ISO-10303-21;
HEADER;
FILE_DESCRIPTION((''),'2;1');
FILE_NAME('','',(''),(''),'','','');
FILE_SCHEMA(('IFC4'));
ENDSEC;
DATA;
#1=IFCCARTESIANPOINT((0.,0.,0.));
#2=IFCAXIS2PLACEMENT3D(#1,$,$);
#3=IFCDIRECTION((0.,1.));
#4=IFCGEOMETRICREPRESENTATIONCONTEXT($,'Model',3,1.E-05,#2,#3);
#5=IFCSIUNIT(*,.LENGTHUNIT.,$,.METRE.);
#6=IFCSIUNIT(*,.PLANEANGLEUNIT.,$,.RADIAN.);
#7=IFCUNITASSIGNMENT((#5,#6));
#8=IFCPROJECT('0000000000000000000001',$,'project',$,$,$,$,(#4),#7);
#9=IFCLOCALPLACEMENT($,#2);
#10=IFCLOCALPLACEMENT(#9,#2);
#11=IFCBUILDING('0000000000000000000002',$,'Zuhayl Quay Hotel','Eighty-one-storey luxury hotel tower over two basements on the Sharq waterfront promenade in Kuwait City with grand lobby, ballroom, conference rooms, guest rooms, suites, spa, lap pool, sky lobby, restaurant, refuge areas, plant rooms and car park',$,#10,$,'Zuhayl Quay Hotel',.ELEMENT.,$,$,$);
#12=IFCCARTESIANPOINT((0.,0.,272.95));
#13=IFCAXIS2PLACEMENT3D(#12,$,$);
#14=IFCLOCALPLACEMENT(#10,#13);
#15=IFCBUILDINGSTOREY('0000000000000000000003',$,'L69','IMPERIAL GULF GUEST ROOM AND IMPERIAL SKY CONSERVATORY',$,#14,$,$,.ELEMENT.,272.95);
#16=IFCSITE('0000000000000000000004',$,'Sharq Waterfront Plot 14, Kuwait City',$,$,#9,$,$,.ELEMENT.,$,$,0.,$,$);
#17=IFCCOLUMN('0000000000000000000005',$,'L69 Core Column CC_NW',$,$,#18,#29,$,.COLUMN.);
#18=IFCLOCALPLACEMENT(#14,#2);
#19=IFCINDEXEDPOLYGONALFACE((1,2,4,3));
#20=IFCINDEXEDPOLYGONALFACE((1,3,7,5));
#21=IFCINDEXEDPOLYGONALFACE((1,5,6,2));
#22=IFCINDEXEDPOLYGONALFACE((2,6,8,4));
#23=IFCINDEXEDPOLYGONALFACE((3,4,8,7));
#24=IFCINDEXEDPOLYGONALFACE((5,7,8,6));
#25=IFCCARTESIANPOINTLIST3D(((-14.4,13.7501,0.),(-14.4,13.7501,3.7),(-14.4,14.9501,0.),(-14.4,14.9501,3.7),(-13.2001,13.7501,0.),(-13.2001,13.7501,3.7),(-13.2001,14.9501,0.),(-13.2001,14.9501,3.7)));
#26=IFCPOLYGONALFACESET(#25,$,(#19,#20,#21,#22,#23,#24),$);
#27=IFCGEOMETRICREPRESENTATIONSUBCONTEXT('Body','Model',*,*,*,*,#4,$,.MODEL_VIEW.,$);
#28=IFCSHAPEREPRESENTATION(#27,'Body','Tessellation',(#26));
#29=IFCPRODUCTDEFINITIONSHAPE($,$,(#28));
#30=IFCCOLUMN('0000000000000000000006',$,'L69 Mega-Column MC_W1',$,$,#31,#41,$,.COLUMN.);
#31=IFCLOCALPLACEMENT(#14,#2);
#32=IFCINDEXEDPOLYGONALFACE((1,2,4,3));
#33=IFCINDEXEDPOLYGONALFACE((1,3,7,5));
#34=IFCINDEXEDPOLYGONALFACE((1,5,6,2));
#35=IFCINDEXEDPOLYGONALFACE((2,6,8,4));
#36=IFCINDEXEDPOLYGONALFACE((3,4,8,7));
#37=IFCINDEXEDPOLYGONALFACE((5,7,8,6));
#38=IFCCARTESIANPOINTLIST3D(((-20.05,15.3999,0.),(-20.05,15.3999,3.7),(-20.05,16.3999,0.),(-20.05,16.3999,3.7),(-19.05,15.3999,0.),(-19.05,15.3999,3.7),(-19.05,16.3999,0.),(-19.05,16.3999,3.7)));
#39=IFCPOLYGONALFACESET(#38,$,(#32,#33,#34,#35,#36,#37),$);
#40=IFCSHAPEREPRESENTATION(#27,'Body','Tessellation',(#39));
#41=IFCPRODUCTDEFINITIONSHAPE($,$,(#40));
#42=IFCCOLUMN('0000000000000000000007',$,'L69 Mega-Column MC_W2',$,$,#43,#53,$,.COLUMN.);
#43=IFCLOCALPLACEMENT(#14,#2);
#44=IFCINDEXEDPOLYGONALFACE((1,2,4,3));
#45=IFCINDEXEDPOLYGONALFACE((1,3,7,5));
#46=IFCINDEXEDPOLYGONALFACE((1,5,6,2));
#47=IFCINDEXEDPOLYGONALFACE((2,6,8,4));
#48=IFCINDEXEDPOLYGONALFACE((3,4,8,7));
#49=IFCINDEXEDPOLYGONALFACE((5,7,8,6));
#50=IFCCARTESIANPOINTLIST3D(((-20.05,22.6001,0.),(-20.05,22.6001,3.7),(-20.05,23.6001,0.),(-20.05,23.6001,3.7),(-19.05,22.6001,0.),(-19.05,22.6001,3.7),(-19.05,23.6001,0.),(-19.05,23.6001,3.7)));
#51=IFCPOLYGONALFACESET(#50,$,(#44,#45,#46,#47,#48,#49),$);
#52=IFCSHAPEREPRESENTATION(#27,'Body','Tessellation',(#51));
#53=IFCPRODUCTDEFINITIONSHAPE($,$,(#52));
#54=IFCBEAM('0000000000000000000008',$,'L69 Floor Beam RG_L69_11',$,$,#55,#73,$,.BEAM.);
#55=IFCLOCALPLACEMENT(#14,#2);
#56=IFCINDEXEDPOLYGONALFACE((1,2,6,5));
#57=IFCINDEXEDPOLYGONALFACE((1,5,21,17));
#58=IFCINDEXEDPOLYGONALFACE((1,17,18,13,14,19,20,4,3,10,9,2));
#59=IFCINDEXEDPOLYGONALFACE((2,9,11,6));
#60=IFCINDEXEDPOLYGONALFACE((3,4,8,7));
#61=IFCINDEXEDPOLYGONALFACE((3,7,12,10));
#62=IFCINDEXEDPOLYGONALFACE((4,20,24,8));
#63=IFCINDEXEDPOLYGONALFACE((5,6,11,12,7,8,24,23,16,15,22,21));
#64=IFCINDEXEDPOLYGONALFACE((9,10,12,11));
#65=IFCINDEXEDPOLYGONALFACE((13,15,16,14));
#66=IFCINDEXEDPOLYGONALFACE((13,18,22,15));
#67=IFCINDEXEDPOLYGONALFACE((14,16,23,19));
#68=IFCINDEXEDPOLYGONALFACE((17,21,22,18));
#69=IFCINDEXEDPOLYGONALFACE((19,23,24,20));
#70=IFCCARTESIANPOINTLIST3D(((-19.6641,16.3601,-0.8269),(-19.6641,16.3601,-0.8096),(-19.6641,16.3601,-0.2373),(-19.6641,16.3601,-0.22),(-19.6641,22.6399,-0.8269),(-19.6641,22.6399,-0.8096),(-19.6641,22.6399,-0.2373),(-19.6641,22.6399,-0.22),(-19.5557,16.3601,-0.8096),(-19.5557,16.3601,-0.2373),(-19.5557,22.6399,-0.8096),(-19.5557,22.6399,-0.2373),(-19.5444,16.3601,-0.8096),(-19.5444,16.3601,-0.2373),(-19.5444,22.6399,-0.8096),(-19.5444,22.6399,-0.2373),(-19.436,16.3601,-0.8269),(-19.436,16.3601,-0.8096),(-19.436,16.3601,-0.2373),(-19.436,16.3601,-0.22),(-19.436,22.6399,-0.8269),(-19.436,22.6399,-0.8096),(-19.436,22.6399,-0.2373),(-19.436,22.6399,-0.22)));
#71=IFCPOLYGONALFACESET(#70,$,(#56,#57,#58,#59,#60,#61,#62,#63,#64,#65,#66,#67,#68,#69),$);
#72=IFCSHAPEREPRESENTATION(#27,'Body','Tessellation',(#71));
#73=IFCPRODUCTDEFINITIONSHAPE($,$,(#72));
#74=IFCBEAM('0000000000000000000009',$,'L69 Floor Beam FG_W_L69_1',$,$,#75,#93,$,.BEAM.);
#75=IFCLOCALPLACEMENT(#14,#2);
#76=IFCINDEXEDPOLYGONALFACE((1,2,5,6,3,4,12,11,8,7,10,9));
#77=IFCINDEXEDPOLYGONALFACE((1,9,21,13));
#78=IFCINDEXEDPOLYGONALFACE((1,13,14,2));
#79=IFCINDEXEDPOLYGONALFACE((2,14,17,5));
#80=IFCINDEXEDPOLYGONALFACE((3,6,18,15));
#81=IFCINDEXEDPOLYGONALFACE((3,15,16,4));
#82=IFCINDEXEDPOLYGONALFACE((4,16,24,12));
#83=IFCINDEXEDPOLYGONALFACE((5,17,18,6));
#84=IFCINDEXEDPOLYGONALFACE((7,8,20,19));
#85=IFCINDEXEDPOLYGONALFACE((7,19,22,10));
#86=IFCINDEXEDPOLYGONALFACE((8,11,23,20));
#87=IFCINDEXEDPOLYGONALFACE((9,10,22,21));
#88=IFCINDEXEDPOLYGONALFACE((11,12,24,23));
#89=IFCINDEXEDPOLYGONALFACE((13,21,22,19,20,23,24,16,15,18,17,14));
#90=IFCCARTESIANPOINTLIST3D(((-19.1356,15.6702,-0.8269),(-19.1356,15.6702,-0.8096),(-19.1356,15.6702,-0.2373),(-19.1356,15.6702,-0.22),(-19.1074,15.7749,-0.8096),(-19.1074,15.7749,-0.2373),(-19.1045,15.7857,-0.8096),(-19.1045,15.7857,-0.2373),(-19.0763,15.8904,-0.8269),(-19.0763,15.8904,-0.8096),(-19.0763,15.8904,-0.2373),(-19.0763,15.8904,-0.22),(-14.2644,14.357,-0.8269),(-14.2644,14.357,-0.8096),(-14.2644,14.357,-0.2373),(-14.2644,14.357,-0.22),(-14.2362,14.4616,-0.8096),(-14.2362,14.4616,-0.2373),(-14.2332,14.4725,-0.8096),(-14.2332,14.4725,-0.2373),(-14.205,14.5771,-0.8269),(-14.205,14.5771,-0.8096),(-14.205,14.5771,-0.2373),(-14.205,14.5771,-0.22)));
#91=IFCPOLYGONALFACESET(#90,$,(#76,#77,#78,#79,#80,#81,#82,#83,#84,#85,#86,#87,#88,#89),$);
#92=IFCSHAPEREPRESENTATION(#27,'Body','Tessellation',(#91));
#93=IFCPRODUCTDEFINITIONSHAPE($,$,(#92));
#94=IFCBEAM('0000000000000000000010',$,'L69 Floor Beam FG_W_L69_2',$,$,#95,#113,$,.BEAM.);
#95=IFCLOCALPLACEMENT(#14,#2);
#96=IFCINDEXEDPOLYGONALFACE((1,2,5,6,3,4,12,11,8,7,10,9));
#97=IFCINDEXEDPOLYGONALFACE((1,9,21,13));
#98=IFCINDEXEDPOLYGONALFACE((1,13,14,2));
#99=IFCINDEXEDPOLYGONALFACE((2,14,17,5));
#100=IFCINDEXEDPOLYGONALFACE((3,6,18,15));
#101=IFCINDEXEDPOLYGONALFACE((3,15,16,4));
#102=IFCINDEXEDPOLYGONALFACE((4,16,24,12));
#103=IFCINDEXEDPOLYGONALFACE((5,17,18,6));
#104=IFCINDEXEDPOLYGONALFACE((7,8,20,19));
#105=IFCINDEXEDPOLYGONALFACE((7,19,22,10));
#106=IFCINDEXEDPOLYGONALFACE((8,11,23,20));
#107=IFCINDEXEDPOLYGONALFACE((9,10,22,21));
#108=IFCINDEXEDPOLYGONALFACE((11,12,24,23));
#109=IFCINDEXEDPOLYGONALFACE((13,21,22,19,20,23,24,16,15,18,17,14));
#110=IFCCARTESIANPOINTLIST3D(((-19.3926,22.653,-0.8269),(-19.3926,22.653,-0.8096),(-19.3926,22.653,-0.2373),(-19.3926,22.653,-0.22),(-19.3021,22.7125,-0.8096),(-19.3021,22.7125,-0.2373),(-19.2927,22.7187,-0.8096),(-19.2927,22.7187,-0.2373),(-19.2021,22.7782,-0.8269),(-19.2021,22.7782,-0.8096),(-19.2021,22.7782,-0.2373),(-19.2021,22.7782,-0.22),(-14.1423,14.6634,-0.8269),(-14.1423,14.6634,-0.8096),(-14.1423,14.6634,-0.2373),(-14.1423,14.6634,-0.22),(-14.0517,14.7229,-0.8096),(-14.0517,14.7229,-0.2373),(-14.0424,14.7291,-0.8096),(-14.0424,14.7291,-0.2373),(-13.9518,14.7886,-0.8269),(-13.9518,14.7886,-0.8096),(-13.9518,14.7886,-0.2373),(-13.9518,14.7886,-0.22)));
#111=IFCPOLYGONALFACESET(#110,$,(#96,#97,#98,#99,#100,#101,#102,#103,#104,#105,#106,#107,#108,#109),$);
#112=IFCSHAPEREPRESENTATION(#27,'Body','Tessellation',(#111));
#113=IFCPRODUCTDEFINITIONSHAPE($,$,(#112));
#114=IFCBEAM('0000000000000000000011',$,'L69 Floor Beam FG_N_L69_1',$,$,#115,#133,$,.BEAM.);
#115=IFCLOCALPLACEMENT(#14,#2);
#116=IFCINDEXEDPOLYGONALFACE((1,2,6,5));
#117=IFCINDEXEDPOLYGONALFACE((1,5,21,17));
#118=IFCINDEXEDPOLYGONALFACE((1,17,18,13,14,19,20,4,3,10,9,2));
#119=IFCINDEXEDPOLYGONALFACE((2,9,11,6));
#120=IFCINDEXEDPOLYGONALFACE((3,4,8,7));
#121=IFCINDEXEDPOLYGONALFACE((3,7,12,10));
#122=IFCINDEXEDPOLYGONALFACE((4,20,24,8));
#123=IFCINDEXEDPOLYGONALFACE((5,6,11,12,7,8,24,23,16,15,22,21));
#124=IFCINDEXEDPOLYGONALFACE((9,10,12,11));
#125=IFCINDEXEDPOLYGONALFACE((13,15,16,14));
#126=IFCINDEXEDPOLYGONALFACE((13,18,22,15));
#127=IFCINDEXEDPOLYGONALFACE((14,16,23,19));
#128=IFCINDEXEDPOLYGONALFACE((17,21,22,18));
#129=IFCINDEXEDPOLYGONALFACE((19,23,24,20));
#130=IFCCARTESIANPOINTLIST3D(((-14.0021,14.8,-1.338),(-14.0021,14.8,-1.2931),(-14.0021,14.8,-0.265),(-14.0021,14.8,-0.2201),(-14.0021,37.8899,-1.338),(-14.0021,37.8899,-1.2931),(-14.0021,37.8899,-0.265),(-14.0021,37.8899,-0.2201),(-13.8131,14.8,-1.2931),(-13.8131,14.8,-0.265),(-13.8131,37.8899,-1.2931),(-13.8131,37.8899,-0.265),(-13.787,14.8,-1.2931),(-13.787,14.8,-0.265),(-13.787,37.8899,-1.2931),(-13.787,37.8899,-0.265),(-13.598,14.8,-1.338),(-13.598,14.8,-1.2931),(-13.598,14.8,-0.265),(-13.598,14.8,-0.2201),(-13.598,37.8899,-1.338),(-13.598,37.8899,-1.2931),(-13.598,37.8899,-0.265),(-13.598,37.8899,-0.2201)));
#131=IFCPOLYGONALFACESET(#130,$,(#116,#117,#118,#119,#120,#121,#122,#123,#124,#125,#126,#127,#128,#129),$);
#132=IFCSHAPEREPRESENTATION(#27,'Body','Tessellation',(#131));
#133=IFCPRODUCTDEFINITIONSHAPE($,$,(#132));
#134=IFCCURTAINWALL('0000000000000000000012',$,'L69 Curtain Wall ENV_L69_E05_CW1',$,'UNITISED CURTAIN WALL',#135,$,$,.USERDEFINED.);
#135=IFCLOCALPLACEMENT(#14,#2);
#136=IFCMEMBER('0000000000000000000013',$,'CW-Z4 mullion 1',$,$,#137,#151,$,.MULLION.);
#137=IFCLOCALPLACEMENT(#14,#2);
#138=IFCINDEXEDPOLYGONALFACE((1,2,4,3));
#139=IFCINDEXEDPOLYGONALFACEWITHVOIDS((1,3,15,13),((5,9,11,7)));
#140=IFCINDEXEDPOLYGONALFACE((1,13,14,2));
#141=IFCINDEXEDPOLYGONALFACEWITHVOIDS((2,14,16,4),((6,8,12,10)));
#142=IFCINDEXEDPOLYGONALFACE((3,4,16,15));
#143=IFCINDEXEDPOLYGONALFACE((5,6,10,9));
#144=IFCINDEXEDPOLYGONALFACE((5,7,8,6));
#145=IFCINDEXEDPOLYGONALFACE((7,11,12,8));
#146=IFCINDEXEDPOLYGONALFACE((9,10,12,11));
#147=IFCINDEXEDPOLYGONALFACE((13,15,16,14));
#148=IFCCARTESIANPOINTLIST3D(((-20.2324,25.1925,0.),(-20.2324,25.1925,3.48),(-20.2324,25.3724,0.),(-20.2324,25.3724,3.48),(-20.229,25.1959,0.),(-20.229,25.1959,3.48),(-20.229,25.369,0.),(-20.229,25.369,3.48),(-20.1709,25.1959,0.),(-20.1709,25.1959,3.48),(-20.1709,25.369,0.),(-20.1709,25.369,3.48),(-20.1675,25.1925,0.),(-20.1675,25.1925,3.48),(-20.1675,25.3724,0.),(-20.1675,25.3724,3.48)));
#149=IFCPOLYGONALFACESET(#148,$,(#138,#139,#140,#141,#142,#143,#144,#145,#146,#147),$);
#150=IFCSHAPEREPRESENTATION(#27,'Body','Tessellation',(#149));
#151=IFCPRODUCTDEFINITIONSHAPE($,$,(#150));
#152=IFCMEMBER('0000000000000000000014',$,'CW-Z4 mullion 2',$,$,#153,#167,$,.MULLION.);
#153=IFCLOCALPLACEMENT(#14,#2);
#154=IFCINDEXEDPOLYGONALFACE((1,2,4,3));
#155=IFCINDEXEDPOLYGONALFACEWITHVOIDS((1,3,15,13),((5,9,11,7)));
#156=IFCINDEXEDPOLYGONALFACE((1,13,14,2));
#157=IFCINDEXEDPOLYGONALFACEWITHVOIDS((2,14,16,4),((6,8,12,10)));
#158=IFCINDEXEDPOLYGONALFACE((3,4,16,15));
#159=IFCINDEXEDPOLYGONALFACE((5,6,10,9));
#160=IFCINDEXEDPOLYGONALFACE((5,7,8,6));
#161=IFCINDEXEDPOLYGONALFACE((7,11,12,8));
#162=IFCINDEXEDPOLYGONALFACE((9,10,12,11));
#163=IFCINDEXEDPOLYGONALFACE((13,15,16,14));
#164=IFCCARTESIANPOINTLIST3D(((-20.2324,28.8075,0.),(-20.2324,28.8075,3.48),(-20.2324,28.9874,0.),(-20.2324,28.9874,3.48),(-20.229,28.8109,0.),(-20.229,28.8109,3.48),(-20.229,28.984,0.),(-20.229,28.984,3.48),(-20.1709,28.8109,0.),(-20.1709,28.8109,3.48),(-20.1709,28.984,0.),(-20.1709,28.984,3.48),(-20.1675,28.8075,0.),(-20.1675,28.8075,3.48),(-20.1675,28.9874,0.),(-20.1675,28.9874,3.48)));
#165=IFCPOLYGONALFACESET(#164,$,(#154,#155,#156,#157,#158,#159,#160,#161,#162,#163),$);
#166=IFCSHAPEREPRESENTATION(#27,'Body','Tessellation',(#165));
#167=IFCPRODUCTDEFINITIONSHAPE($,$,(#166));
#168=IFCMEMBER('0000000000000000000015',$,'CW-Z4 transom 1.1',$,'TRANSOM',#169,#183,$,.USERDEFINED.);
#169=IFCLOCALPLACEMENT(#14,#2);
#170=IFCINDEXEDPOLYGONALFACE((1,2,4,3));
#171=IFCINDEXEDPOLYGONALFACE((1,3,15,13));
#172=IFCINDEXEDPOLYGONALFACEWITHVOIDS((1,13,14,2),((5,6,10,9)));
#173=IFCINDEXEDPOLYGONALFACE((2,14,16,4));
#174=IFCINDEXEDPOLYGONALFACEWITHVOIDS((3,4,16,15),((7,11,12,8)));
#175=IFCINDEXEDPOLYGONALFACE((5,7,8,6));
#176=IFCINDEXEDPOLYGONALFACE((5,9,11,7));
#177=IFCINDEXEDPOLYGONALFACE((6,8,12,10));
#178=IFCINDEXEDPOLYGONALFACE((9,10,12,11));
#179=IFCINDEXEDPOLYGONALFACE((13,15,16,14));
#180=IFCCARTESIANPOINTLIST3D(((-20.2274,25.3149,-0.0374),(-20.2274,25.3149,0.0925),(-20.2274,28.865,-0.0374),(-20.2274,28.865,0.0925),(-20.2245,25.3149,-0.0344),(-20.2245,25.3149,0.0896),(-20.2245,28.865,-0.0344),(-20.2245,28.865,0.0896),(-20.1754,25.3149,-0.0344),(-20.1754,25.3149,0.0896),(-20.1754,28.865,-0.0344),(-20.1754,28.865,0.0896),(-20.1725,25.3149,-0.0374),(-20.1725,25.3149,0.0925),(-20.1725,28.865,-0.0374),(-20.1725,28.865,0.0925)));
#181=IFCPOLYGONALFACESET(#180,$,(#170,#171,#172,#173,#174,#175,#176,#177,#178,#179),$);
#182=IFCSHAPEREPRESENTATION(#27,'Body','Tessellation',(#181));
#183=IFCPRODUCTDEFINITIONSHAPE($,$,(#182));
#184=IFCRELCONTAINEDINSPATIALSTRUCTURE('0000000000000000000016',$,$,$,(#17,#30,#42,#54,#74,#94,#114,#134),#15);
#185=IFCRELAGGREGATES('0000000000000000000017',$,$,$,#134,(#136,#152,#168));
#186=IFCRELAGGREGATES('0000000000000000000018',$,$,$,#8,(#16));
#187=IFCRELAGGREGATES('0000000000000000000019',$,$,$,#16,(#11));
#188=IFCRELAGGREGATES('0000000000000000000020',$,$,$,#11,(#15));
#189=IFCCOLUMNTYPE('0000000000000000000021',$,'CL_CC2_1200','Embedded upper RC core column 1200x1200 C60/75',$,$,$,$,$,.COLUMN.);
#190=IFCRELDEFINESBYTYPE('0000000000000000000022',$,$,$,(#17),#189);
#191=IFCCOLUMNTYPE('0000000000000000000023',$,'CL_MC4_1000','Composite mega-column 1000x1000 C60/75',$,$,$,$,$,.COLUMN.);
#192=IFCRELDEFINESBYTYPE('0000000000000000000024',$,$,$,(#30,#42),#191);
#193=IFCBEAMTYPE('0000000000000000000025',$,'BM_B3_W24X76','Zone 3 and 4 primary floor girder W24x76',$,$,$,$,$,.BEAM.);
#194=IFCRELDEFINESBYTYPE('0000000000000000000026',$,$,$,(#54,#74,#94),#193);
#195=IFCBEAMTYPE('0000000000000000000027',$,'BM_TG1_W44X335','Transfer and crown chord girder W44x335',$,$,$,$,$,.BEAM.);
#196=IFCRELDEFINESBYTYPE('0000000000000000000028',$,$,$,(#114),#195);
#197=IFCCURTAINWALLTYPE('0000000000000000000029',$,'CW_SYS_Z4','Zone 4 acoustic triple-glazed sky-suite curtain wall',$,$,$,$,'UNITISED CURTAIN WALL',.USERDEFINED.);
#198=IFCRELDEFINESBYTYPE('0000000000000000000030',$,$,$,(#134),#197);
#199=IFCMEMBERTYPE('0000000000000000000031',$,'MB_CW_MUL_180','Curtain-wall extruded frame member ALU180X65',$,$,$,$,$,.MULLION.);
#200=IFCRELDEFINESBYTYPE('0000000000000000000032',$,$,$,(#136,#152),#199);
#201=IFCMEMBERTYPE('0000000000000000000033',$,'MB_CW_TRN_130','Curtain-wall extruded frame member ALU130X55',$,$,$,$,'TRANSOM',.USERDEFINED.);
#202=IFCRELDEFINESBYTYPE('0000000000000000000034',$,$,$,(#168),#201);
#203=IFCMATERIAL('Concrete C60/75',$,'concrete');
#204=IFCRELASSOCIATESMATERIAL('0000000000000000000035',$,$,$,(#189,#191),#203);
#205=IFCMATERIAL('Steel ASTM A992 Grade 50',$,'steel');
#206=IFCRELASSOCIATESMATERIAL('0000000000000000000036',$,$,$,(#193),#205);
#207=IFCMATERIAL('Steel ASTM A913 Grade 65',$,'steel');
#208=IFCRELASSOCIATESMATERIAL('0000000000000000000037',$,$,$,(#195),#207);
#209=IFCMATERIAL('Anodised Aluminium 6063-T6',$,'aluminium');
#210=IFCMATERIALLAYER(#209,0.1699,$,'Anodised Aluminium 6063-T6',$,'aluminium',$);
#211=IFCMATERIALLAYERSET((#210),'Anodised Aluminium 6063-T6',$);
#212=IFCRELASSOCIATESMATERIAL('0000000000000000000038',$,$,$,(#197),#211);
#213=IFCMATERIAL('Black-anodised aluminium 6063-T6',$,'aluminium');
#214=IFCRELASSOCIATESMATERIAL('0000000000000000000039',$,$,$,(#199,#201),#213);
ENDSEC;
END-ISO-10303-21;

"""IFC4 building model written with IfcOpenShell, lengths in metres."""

from ifc_helpers import new_model, si_unit, direction, frame, origin, origin_2d, place, context, subcontext, project, spatial, rectangle, hollow_rectangle, i_section, extrude, material, layer, layer_set, material_profile, profile_set, type_object, element, aggregate, save


model = new_model("IFC4")

# Units and contexts
model_context = context("Model", 3, precision=1e-05, world=origin(), true_north=direction((0.0, 1.0)))
body_context = subcontext(model_context, "Body", "Model", "MODEL_VIEW")
ifc_project = project(units=[si_unit("LENGTHUNIT", "METRE"), si_unit("PLANEANGLEUNIT", "RADIAN")], contexts=[model_context])

# Site, building, storey
site_placement = place(None, origin())
site = spatial("IfcSite", under=ifc_project, at=site_placement, Name="Sharq Waterfront Plot 14, Kuwait City", CompositionType="ELEMENT", RefElevation=0.0)
building_placement = place(site_placement, origin())
building = spatial("IfcBuilding", under=site, at=building_placement, Name="Zuhayl Quay Hotel", Description="Eighty-one-storey luxury hotel tower over two basements on the Sharq waterfront promenade in Kuwait City with grand lobby, ballroom, conference rooms, guest rooms, suites, spa, lap pool, sky lobby, restaurant, refuge areas, plant rooms and car park", LongName="Zuhayl Quay Hotel", CompositionType="ELEMENT")
storey_placement = place(building_placement, frame((0.0, 0.0, 272.95)))
storey = spatial("IfcBuildingStorey", under=building, at=storey_placement, Name="L69", Description="IMPERIAL GULF GUEST ROOM AND IMPERIAL SKY CONSERVATORY", CompositionType="ELEMENT", Elevation=272.95)

# Columns
ifc_material_1 = material(Name="Concrete C60/75", Category="concrete")
ifc_material_profile_1 = material_profile(ifc_material_1, rectangle(XDim=1.2, YDim=1.2, at=origin_2d()), Name="RC1200X1200")
ifc_profile_set_1 = profile_set([ifc_material_profile_1], Name="Concrete C60/75")
column_type_1 = type_object("IfcColumnType", Name="CL_CC2_1200", Description="Embedded upper RC core column 1200x1200 C60/75", PredefinedType="COLUMN", material=ifc_profile_set_1)
column_placement = place(storey_placement, frame((-13.8, 14.3501, 0.0), z_axis=(0.0, 0.0, 1.0), x_axis=(1.0, 0.0, 0.0)))
element("IfcColumn", 1, at=column_placement, inside=storey, type_object=column_type_1, Name="L69 Core Column CC_NW", PredefinedType="COLUMN", context=body_context, shape_type="SweptSolid", body=[
    extrude(rectangle(XDim=1.2, YDim=1.2, at=origin_2d()), origin(), (0.0, 0.0, 1.0), 3.7),
])
ifc_material_profile_2 = material_profile(ifc_material_1, rectangle(XDim=1.0, YDim=1.0, at=origin_2d()), Name="RC1000X1000")
ifc_profile_set_2 = profile_set([ifc_material_profile_2], Name="Concrete C60/75")
column_type_2 = type_object("IfcColumnType", Name="CL_MC4_1000", Description="Composite mega-column 1000x1000 C60/75", PredefinedType="COLUMN", material=ifc_profile_set_2)
for number, where, z_axis, x_axis, name in (
    (2, (-19.55, 15.8999, 0.0), (0.0, 0.0, 1.0), (1.0, 0.0, 0.0), "L69 Mega-Column MC_W1"),
    (3, (-19.55, 23.1001, 0.0), (0.0, 0.0, 1.0), (1.0, 0.0, 0.0), "L69 Mega-Column MC_W2"),
):
    element("IfcColumn", number, at=place(storey_placement, frame(where, z_axis=z_axis, x_axis=x_axis)), inside=storey, type_object=column_type_2, Name=name, PredefinedType="COLUMN", context=body_context, shape_type="SweptSolid", body=[
        extrude(rectangle(XDim=1.0, YDim=1.0, at=origin_2d()), origin(), (0.0, 0.0, 1.0), 3.7),
    ])

# Beams
ifc_material_2 = material(Name="Steel ASTM A992 Grade 50", Category="steel")
ifc_material_profile_3 = material_profile(ifc_material_2, i_section(OverallWidth=0.228, OverallDepth=0.6069, WebThickness=0.0112, FlangeThickness=0.0173, at=origin_2d()), Name="W24X76")
ifc_profile_set_3 = profile_set([ifc_material_profile_3], Name="Steel ASTM A992 Grade 50")
beam_type_1 = type_object("IfcBeamType", Name="BM_B3_W24X76", Description="Zone 3 and 4 primary floor girder W24x76", PredefinedType="BEAM", material=ifc_profile_set_3)
beam_1_placement = place(storey_placement, frame((-19.55, 22.6399, -0.5234), z_axis=(0.0, -1.0, 0.0), x_axis=(1.0, 0.0, 0.0)))
element("IfcBeam", 4, at=beam_1_placement, inside=storey, type_object=beam_type_1, Name="L69 Floor Beam RG_L69_11", PredefinedType="BEAM", context=body_context, shape_type="SweptSolid", body=[
    extrude(i_section(OverallWidth=0.228, OverallDepth=0.6069, WebThickness=0.0112, FlangeThickness=0.0173, at=origin_2d()), origin(), (0.0, 0.0, 1.0), 6.2798),
])
beam_2_placement = place(storey_placement, frame((-19.106, 15.7803, -0.5234), z_axis=(0.96553, -0.260291, 0.0), x_axis=(0.260291, 0.96553, 0.0)))
element("IfcBeam", 5, at=beam_2_placement, inside=storey, type_object=beam_type_1, Name="L69 Floor Beam FG_W_L69_1", PredefinedType="BEAM", context=body_context, shape_type="SweptSolid", body=[
    extrude(i_section(OverallWidth=0.228, OverallDepth=0.6069, WebThickness=0.0112, FlangeThickness=0.0173, at=origin_2d()), origin(), (0.0, 0.0, 1.0), 5.0452),
])
beam_3_placement = place(storey_placement, frame((-19.2974, 22.7156, -0.5234), z_axis=(0.549178, -0.835705, 0.0), x_axis=(0.835705, 0.549178, 0.0)))
element("IfcBeam", 6, at=beam_3_placement, inside=storey, type_object=beam_type_1, Name="L69 Floor Beam FG_W_L69_2", PredefinedType="BEAM", context=body_context, shape_type="SweptSolid", body=[
    extrude(i_section(OverallWidth=0.228, OverallDepth=0.6069, WebThickness=0.0112, FlangeThickness=0.0173, at=origin_2d()), origin(), (0.0, 0.0, 1.0), 9.5603),
])
ifc_material_3 = material(Name="Steel ASTM A913 Grade 65", Category="steel")
ifc_material_profile_4 = material_profile(ifc_material_3, i_section(OverallWidth=0.4041, OverallDepth=1.1179, WebThickness=0.0261, FlangeThickness=0.0449, at=origin_2d()), Name="W44X335")
ifc_profile_set_4 = profile_set([ifc_material_profile_4], Name="Steel ASTM A913 Grade 65")
beam_type_2 = type_object("IfcBeamType", Name="BM_TG1_W44X335", Description="Transfer and crown chord girder W44x335", PredefinedType="BEAM", material=ifc_profile_set_4)
beam_4_placement = place(storey_placement, frame((-13.8, 14.8, -0.7791), z_axis=(0.0, 1.0, 0.0), x_axis=(-1.0, 0.0, 0.0)))
element("IfcBeam", 7, at=beam_4_placement, inside=storey, type_object=beam_type_2, Name="L69 Floor Beam FG_N_L69_1", PredefinedType="BEAM", context=body_context, shape_type="SweptSolid", body=[
    extrude(i_section(OverallWidth=0.4041, OverallDepth=1.1179, WebThickness=0.0261, FlangeThickness=0.0449, at=origin_2d()), origin(), (0.0, 0.0, 1.0), 23.0898),
])

# Curtain wall, members
ifc_material_4 = material(Name="Anodised Aluminium 6063-T6", Category="aluminium")
ifc_layer_1 = layer(ifc_material_4, 0.1699, Name="Anodised Aluminium 6063-T6", Category="aluminium")
ifc_layer_set_1 = layer_set([ifc_layer_1], Name="Anodised Aluminium 6063-T6")
curtain_wall_type = type_object("IfcCurtainWallType", Name="CW_SYS_Z4", Description="Zone 4 acoustic triple-glazed sky-suite curtain wall", ElementType="UNITISED CURTAIN WALL", PredefinedType="USERDEFINED", material=ifc_layer_set_1)
curtain_wall_placement = place(storey_placement, origin())
curtain_wall = element("IfcCurtainWall", 8, at=curtain_wall_placement, inside=storey, type_object=curtain_wall_type, Name="L69 Curtain Wall ENV_L69_E05_CW1", ObjectType="UNITISED CURTAIN WALL", PredefinedType="USERDEFINED")
ifc_material_5 = material(Name="Black-anodised aluminium 6063-T6", Category="aluminium")
ifc_material_profile_5 = material_profile(ifc_material_5, hollow_rectangle(XDim=0.0649, YDim=0.1799, WallThickness=0.0034, at=origin_2d()), Name="ALU180X65")
ifc_profile_set_5 = profile_set([ifc_material_profile_5], Name="Black-anodised aluminium 6063-T6")
member_type_1 = type_object("IfcMemberType", Name="MB_CW_MUL_180", Description="Curtain-wall extruded frame member ALU180X65", PredefinedType="MULLION", material=ifc_profile_set_5)
member_1_placement = place(storey_placement, frame((-20.2, 25.2825, 0.0), z_axis=(0.0, 0.0, 1.0), x_axis=(-1.0, 0.0, 0.0)))
member_1 = element("IfcMember", 9, at=member_1_placement, type_object=member_type_1, Name="CW-Z4 mullion 1", PredefinedType="MULLION", context=body_context, shape_type="SweptSolid", body=[
    extrude(hollow_rectangle(XDim=0.0649, YDim=0.1799, WallThickness=0.0034, at=origin_2d()), origin(), (0.0, 0.0, 1.0), 3.48),
])
member_2_placement = place(storey_placement, frame((-20.2, 28.8975, 0.0), z_axis=(0.0, 0.0, 1.0), x_axis=(-1.0, 0.0, 0.0)))
member_2 = element("IfcMember", 10, at=member_2_placement, type_object=member_type_1, Name="CW-Z4 mullion 2", PredefinedType="MULLION", context=body_context, shape_type="SweptSolid", body=[
    extrude(hollow_rectangle(XDim=0.0649, YDim=0.1799, WallThickness=0.0034, at=origin_2d()), origin(), (0.0, 0.0, 1.0), 3.48),
])
ifc_material_profile_6 = material_profile(ifc_material_5, hollow_rectangle(XDim=0.0549, YDim=0.1299, WallThickness=0.0029, at=origin_2d()), Name="ALU130X55")
ifc_profile_set_6 = profile_set([ifc_material_profile_6], Name="Black-anodised aluminium 6063-T6")
member_type_2 = type_object("IfcMemberType", Name="MB_CW_TRN_130", Description="Curtain-wall extruded frame member ALU130X55", ElementType="TRANSOM", PredefinedType="USERDEFINED", material=ifc_profile_set_6)
member_3_placement = place(storey_placement, frame((-20.2, 25.3149, 0.0276), z_axis=(0.0, 1.0, 0.0), x_axis=(-1.0, 0.0, 0.0)))
member_3 = element("IfcMember", 11, at=member_3_placement, type_object=member_type_2, Name="CW-Z4 transom 1.1", ObjectType="TRANSOM", PredefinedType="USERDEFINED", context=body_context, shape_type="SweptSolid", body=[
    extrude(hollow_rectangle(XDim=0.0549, YDim=0.1299, WallThickness=0.0029, at=origin_2d()), origin(), (0.0, 0.0, 1.0), 3.55),
])
aggregate(curtain_wall, [member_1, member_2, member_3])

save(model, "model.ifc")
